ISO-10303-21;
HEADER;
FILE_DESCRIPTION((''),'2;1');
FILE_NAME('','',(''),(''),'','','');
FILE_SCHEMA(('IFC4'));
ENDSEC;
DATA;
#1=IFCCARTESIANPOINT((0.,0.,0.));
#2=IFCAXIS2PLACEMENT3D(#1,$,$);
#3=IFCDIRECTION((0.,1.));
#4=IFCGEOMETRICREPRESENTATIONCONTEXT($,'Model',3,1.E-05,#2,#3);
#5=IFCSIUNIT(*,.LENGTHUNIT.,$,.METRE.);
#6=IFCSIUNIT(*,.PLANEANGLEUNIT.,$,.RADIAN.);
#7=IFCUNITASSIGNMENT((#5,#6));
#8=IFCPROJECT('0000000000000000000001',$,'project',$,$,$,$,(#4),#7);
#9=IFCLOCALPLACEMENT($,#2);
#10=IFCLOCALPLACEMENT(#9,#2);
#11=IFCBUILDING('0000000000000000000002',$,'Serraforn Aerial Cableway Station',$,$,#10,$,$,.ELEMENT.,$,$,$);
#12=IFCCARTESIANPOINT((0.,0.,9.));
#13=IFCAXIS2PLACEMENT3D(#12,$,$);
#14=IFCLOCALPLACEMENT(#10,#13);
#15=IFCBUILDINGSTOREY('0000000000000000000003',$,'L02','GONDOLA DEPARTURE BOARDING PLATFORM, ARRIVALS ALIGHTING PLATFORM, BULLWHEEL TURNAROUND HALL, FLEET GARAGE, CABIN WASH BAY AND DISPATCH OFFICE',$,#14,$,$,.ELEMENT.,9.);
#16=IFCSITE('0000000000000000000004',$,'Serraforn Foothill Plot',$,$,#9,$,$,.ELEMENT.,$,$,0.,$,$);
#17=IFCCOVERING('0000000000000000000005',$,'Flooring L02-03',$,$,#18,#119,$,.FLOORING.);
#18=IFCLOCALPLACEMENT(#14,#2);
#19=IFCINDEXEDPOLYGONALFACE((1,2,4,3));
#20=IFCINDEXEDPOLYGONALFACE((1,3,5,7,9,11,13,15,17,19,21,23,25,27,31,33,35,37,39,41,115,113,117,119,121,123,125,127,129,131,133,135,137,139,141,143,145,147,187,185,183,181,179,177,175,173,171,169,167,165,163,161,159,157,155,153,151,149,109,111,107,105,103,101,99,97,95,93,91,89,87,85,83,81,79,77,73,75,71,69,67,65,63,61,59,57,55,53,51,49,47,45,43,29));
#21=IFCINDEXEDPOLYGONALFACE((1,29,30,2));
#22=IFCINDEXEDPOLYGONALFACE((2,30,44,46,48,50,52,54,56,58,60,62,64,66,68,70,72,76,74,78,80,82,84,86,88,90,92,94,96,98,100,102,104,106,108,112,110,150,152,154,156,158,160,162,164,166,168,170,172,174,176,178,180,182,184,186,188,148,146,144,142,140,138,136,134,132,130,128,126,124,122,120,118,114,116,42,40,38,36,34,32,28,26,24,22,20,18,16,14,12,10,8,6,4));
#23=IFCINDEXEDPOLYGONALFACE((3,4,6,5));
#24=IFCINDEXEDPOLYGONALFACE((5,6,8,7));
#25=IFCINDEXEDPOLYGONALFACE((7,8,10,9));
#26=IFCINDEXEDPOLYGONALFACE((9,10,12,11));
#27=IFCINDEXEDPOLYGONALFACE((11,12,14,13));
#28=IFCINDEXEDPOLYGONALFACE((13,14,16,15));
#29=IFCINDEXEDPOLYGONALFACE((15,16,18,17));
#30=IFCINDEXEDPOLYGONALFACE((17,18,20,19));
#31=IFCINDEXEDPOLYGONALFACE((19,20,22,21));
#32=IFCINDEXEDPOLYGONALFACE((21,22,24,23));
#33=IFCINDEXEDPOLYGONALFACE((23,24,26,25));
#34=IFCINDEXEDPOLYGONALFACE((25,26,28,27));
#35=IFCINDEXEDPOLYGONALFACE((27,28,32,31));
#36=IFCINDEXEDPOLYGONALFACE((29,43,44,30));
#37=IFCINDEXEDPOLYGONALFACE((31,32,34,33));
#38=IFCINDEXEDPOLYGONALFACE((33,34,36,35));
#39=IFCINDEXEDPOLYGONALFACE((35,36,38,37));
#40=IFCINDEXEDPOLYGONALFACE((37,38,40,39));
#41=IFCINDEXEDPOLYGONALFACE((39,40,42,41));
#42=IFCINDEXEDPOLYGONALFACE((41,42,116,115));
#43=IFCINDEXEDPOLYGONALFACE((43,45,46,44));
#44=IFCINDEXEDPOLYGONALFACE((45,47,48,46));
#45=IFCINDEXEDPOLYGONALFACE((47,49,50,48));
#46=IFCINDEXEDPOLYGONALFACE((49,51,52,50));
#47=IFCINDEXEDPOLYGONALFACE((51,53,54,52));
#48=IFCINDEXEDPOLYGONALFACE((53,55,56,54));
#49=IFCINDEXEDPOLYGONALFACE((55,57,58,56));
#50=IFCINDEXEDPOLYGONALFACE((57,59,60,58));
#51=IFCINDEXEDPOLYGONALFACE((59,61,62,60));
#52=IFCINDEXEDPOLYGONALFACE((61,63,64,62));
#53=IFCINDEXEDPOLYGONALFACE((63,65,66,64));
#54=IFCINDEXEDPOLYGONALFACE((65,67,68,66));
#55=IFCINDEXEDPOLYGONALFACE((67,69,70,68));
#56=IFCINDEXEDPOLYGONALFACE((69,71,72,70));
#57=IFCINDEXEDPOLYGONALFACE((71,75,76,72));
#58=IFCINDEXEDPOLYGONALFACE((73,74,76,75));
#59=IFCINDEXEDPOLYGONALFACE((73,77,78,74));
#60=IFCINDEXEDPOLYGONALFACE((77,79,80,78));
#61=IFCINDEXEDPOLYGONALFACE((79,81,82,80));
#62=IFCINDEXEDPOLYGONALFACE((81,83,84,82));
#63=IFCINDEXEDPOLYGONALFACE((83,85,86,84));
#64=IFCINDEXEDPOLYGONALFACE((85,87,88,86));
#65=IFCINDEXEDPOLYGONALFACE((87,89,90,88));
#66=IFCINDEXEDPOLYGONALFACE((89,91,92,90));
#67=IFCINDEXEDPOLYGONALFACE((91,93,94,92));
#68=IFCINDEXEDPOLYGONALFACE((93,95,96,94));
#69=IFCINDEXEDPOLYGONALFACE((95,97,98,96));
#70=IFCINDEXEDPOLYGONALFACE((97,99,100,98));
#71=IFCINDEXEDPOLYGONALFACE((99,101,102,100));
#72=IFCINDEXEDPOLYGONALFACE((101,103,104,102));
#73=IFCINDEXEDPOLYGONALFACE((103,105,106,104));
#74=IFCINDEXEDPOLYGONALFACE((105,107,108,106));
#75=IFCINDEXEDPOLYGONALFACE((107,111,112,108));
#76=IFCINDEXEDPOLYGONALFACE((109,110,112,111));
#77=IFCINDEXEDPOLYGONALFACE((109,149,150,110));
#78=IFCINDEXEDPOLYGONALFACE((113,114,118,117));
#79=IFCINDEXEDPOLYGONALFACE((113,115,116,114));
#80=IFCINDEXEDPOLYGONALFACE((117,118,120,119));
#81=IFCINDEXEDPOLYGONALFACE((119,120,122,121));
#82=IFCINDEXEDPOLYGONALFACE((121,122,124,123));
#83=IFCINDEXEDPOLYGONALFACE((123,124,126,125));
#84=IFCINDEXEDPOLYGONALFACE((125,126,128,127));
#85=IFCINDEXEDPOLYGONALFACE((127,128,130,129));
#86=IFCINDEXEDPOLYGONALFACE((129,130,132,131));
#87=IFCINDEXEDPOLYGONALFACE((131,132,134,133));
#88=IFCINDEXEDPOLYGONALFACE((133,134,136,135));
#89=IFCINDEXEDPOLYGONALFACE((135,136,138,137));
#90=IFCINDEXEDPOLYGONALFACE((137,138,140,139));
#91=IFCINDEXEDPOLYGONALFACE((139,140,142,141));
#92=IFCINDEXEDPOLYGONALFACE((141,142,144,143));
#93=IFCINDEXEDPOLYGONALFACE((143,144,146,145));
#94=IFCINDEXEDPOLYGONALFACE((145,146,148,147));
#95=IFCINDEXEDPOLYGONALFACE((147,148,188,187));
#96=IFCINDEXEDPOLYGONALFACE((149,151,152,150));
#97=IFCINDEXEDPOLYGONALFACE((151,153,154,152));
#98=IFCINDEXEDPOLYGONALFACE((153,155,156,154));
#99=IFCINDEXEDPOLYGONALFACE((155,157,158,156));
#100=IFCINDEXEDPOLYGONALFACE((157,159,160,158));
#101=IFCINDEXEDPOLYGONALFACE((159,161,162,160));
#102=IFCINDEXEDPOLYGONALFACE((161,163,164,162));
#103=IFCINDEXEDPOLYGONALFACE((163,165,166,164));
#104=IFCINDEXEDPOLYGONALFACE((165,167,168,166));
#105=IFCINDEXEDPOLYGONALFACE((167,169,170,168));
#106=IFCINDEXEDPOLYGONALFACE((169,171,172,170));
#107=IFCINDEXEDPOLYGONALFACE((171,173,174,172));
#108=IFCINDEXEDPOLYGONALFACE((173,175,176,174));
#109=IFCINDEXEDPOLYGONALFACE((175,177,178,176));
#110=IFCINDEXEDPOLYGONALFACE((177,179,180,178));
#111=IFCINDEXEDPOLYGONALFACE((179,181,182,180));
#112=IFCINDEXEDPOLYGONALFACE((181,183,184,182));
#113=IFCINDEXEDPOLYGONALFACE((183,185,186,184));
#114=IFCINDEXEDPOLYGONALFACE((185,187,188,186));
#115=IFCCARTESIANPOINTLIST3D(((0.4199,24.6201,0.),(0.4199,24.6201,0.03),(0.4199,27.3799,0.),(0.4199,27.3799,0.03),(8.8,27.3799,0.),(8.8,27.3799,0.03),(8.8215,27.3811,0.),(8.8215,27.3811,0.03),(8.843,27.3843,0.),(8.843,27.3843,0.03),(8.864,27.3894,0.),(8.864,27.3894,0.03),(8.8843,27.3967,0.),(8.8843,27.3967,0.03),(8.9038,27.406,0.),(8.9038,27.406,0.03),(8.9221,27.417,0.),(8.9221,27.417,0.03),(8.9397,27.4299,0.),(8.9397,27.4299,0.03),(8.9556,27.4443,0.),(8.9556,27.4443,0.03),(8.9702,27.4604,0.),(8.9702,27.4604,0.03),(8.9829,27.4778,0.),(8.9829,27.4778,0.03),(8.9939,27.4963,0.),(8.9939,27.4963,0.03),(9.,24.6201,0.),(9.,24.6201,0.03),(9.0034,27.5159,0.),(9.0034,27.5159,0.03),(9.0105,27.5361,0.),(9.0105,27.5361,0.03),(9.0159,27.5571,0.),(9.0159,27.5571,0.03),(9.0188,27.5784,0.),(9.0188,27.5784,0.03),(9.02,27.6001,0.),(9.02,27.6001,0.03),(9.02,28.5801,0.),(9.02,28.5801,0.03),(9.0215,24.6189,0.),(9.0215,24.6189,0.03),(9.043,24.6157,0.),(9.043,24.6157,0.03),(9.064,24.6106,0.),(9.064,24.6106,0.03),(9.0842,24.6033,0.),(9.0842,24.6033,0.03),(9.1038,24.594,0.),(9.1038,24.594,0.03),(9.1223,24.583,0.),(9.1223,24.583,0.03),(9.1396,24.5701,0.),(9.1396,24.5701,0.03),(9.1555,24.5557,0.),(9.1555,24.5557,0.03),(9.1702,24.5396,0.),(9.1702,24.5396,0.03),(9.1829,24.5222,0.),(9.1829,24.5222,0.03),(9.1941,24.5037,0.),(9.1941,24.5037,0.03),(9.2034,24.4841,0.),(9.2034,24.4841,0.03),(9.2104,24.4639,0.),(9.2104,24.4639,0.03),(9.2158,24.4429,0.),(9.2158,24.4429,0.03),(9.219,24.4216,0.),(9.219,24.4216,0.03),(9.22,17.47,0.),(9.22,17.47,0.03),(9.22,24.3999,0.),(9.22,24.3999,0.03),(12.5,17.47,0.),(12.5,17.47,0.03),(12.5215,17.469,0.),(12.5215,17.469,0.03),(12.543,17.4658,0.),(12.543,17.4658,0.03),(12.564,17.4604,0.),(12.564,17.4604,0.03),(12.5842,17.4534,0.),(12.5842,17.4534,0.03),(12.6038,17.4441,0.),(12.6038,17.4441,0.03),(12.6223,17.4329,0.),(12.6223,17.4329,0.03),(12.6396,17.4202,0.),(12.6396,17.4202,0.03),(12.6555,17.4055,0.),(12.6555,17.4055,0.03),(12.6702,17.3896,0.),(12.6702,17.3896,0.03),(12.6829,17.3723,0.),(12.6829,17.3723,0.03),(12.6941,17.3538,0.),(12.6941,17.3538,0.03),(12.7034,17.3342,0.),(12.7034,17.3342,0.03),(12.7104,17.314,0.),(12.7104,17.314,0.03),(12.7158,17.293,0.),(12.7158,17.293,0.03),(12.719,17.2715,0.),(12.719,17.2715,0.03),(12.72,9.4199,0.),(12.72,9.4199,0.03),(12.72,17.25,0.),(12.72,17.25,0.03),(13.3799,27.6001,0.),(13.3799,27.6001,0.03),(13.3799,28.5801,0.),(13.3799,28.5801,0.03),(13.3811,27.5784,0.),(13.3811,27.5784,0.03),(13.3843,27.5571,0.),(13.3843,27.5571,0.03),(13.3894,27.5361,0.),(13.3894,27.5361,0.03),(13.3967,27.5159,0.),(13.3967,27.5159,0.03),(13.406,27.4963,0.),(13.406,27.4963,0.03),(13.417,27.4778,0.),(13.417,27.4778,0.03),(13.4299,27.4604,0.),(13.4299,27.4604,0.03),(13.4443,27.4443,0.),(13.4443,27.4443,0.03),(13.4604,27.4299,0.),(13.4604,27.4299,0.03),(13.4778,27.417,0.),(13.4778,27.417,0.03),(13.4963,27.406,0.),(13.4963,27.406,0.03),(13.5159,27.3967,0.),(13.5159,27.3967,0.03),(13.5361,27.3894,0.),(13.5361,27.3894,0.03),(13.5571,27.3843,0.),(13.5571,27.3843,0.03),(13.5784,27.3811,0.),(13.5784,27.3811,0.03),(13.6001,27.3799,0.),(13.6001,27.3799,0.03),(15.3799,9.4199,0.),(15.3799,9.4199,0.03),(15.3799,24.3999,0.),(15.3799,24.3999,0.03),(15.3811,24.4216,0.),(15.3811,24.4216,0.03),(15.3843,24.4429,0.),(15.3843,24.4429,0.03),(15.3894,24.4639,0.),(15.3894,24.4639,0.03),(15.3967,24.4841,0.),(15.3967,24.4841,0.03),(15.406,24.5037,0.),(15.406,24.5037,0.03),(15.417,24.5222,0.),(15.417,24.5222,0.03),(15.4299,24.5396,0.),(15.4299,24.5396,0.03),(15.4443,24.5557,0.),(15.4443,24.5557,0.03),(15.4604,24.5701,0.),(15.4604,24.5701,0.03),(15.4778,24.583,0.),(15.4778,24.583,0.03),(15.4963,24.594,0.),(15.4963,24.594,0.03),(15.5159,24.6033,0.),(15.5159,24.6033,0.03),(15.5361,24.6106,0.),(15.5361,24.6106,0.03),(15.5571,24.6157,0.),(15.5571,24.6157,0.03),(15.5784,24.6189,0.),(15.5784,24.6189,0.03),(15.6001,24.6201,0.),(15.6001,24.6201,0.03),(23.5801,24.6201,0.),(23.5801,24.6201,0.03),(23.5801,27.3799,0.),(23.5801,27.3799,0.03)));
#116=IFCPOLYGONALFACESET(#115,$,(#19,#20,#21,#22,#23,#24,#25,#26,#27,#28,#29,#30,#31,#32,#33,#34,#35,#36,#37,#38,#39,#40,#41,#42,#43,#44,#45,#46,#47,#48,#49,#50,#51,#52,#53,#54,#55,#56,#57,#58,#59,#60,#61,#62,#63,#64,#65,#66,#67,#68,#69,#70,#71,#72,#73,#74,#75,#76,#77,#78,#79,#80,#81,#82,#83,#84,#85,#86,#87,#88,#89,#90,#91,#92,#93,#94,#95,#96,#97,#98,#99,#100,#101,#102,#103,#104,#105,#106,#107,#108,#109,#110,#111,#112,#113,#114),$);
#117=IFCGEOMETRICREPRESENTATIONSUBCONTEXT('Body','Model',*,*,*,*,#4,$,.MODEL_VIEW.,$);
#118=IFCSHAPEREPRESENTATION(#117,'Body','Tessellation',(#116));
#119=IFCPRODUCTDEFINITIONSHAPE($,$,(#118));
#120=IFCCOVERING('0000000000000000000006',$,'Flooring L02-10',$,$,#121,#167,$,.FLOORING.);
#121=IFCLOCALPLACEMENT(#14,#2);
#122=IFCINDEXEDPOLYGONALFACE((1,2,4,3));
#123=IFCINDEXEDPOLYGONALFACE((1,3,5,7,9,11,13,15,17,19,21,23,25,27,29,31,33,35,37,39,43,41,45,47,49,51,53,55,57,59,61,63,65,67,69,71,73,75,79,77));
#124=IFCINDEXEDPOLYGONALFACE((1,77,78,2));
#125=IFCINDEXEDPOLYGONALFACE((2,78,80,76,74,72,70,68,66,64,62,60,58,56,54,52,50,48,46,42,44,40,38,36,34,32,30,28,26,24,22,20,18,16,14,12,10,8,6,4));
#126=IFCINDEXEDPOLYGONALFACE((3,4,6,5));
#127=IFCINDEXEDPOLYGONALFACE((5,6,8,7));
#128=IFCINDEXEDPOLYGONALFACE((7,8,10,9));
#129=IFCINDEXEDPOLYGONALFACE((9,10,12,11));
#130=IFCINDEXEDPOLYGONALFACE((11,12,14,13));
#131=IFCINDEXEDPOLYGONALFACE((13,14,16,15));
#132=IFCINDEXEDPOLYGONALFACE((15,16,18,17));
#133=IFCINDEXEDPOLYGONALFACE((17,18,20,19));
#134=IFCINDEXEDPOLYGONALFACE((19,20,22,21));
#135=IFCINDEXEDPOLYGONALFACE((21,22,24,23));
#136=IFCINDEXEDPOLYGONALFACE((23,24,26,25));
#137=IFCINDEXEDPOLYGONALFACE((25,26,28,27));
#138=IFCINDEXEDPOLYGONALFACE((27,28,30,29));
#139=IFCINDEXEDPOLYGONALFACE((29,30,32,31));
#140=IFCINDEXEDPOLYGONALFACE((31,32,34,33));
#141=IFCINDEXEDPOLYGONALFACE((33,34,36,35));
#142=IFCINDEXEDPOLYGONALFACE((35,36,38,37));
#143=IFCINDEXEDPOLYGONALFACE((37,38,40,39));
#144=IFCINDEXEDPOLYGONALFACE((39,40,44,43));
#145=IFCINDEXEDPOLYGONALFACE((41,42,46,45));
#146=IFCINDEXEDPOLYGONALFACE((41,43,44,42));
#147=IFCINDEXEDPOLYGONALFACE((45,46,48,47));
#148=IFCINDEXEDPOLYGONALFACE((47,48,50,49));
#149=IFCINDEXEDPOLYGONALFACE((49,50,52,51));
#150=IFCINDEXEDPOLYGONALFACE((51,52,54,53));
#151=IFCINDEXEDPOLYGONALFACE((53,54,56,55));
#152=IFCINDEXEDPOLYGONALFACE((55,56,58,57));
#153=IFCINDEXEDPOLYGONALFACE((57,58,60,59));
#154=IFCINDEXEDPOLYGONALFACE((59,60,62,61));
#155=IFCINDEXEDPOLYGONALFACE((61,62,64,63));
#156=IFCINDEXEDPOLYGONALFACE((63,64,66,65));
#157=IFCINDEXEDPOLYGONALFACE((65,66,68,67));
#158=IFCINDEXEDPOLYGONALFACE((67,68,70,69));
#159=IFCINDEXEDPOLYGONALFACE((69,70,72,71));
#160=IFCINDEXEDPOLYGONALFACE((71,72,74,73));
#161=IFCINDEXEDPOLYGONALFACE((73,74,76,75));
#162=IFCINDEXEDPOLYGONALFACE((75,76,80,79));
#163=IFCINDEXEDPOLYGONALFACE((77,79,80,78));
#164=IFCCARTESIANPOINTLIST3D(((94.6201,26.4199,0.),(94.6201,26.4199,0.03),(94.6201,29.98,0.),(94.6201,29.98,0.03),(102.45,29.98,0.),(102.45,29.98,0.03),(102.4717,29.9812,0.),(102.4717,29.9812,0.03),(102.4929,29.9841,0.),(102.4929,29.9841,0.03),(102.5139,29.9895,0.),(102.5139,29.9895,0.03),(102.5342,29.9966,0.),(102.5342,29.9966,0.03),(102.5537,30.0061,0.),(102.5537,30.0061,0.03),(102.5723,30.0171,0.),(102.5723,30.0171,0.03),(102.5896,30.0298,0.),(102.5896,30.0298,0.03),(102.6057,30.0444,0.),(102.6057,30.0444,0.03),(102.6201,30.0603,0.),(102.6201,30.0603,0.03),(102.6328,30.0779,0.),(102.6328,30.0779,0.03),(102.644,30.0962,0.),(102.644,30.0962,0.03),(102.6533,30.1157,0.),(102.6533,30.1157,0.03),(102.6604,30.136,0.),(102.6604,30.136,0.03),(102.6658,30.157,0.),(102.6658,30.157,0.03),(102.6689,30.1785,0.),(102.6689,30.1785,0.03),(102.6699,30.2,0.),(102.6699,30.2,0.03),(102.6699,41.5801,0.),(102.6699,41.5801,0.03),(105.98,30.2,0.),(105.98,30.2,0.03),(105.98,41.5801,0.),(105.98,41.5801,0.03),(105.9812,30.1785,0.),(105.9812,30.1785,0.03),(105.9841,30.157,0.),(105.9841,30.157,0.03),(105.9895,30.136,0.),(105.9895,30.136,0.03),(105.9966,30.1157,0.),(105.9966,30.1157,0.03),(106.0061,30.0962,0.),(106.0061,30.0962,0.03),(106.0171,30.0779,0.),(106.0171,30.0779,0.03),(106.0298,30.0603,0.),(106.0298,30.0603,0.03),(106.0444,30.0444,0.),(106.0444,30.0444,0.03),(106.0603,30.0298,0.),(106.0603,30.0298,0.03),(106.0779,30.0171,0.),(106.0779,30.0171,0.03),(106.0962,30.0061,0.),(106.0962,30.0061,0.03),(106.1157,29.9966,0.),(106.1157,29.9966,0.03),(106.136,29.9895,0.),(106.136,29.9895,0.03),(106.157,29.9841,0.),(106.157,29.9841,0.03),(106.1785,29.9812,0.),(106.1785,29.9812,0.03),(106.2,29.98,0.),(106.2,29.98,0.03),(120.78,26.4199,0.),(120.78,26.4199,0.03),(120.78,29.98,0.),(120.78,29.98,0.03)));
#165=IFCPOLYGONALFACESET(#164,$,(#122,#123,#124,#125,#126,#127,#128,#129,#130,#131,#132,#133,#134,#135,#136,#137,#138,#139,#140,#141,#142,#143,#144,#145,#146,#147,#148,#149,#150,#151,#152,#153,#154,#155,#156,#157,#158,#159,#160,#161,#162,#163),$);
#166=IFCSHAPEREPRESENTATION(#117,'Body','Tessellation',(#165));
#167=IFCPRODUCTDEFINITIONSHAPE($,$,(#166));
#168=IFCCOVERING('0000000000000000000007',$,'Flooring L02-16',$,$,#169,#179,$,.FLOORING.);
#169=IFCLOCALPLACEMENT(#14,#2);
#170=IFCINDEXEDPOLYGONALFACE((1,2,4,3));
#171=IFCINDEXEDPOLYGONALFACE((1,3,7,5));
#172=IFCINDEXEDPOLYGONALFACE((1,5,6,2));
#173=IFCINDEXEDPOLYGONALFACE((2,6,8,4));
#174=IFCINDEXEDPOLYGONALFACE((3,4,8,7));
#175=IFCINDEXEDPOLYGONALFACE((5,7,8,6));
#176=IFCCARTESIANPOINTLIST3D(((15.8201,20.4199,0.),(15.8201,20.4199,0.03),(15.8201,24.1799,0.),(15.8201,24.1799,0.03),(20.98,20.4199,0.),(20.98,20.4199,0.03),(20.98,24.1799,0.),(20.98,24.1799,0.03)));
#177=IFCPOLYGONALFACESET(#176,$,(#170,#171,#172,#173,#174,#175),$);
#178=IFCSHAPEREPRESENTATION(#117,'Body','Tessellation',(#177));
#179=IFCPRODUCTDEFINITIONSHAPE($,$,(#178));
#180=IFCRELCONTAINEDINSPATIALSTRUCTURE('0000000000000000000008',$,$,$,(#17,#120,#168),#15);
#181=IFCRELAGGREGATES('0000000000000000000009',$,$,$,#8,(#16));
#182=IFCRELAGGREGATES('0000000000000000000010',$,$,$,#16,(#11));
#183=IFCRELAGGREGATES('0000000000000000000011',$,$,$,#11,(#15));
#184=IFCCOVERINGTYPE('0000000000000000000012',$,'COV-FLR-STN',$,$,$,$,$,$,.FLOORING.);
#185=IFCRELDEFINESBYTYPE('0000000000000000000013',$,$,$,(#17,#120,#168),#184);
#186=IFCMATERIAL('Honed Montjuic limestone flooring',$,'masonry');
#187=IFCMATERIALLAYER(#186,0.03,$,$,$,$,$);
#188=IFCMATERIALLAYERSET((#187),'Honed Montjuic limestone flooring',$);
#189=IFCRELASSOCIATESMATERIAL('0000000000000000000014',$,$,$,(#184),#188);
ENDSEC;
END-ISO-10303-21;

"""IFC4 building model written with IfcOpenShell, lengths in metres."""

from ifc_helpers import new_model, si_unit, direction, frame, origin, place, context, subcontext, project, spatial, polyline, outline, extrude, material, layer, layer_set, type_object, element, save


model = new_model("IFC4")

# Units and contexts
model_context = context("Model", 3, precision=1e-05, world=origin(), true_north=direction((0.0, 1.0)))
body_context = subcontext(model_context, "Body", "Model", "MODEL_VIEW")
ifc_project = project(units=[si_unit("LENGTHUNIT", "METRE"), si_unit("PLANEANGLEUNIT", "RADIAN")], contexts=[model_context])

# Site, building, storey
site_placement = place(None, origin())
site = spatial("IfcSite", under=ifc_project, at=site_placement, Name="Serraforn Foothill Plot", CompositionType="ELEMENT", RefElevation=0.0)
building_placement = place(site_placement, origin())
building = spatial("IfcBuilding", under=site, at=building_placement, Name="Serraforn Aerial Cableway Station", CompositionType="ELEMENT")
storey_placement = place(building_placement, frame((0.0, 0.0, 9.0)))
storey = spatial("IfcBuildingStorey", under=building, at=storey_placement, Name="L02", Description="GONDOLA DEPARTURE BOARDING PLATFORM, ARRIVALS ALIGHTING PLATFORM, BULLWHEEL TURNAROUND HALL, FLEET GARAGE, CABIN WASH BAY AND DISPATCH OFFICE", CompositionType="ELEMENT", Elevation=9.0)

# Coverings
ifc_material_1 = material(Name="Honed Montjuic limestone flooring", Category="masonry")
ifc_layer_1 = layer(ifc_material_1, 0.03)
ifc_layer_set_1 = layer_set([ifc_layer_1], Name="Honed Montjuic limestone flooring")
covering_type_1 = type_object("IfcCoveringType", Name="COV-FLR-STN", PredefinedType="FLOORING", material=ifc_layer_set_1)
covering_1_placement = place(storey_placement, origin())
element("IfcCovering", 1, at=covering_1_placement, inside=storey, type_object=covering_type_1, Name="Flooring L02-03", PredefinedType="FLOORING", context=body_context, shape_type="SweptSolid", body=[
    extrude(outline(polyline([(12.72, 9.4199), (12.72, 17.25), (12.719, 17.2715), (12.7158, 17.293), (12.7104, 17.314), (12.7034, 17.3342), (12.6941, 17.3538), (12.6829, 17.3723), (12.6702, 17.3896), (12.6555, 17.4055), (12.6396, 17.4202), (12.6223, 17.4329), (12.6038, 17.4441), (12.5842, 17.4534), (12.564, 17.4604), (12.543, 17.4658), (12.5215, 17.469), (12.5, 17.47), (9.22, 17.47), (9.22, 24.3999), (9.219, 24.4216), (9.2158, 24.4429), (9.2104, 24.4639), (9.2034, 24.4841), (9.1941, 24.5037), (9.1829, 24.5222), (9.1702, 24.5396), (9.1555, 24.5557), (9.1396, 24.5701), (9.1223, 24.583), (9.1038, 24.594), (9.0842, 24.6033), (9.064, 24.6106), (9.043, 24.6157), (9.0215, 24.6189), (9.0, 24.6201), (0.4199, 24.6201), (0.4199, 27.3799), (8.8, 27.3799), (8.8215, 27.3811), (8.843, 27.3843), (8.864, 27.3894), (8.8843, 27.3967), (8.9038, 27.406), (8.9221, 27.417), (8.9397, 27.4299), (8.9556, 27.4443), (8.9702, 27.4604), (8.9829, 27.4778), (8.9939, 27.4963), (9.0034, 27.5159), (9.0105, 27.5361), (9.0159, 27.5571), (9.0188, 27.5784), (9.02, 27.6001), (9.02, 28.5801), (13.3799, 28.5801), (13.3799, 27.6001), (13.3811, 27.5784), (13.3843, 27.5571), (13.3894, 27.5361), (13.3967, 27.5159), (13.406, 27.4963), (13.417, 27.4778), (13.4299, 27.4604), (13.4443, 27.4443), (13.4604, 27.4299), (13.4778, 27.417), (13.4963, 27.406), (13.5159, 27.3967), (13.5361, 27.3894), (13.5571, 27.3843), (13.5784, 27.3811), (13.6001, 27.3799), (23.5801, 27.3799), (23.5801, 24.6201), (15.6001, 24.6201), (15.5784, 24.6189), (15.5571, 24.6157), (15.5361, 24.6106), (15.5159, 24.6033), (15.4963, 24.594), (15.4778, 24.583), (15.4604, 24.5701), (15.4443, 24.5557), (15.4299, 24.5396), (15.417, 24.5222), (15.406, 24.5037), (15.3967, 24.4841), (15.3894, 24.4639), (15.3843, 24.4429), (15.3811, 24.4216), (15.3799, 24.3999), (15.3799, 9.4199), (12.72, 9.4199)])), origin(), (0.0, 0.0, 1.0), 0.03),
])
covering_2_placement = place(storey_placement, origin())
element("IfcCovering", 2, at=covering_2_placement, inside=storey, type_object=covering_type_1, Name="Flooring L02-10", PredefinedType="FLOORING", context=body_context, shape_type="SweptSolid", body=[
    extrude(outline(polyline([(120.78, 26.4199), (94.6201, 26.4199), (94.6201, 29.98), (102.45, 29.98), (102.4717, 29.9812), (102.4929, 29.9841), (102.5139, 29.9895), (102.5342, 29.9966), (102.5537, 30.0061), (102.5723, 30.0171), (102.5896, 30.0298), (102.6057, 30.0444), (102.6201, 30.0603), (102.6328, 30.0779), (102.644, 30.0962), (102.6533, 30.1157), (102.6604, 30.136), (102.6658, 30.157), (102.6689, 30.1785), (102.6699, 30.2), (102.6699, 41.5801), (105.98, 41.5801), (105.98, 30.2), (105.9812, 30.1785), (105.9841, 30.157), (105.9895, 30.136), (105.9966, 30.1157), (106.0061, 30.0962), (106.0171, 30.0779), (106.0298, 30.0603), (106.0444, 30.0444), (106.0603, 30.0298), (106.0779, 30.0171), (106.0962, 30.0061), (106.1157, 29.9966), (106.136, 29.9895), (106.157, 29.9841), (106.1785, 29.9812), (106.2, 29.98), (120.78, 29.98), (120.78, 26.4199)])), origin(), (0.0, 0.0, 1.0), 0.03),
])
covering_3_placement = place(storey_placement, origin())
element("IfcCovering", 3, at=covering_3_placement, inside=storey, type_object=covering_type_1, Name="Flooring L02-16", PredefinedType="FLOORING", context=body_context, shape_type="SweptSolid", body=[
    extrude(outline(polyline([(15.8201, 20.4199), (15.8201, 24.1799), (20.98, 24.1799), (20.98, 20.4199), (15.8201, 20.4199)])), origin(), (0.0, 0.0, 1.0), 0.03),
])

save(model, "model.ifc")
